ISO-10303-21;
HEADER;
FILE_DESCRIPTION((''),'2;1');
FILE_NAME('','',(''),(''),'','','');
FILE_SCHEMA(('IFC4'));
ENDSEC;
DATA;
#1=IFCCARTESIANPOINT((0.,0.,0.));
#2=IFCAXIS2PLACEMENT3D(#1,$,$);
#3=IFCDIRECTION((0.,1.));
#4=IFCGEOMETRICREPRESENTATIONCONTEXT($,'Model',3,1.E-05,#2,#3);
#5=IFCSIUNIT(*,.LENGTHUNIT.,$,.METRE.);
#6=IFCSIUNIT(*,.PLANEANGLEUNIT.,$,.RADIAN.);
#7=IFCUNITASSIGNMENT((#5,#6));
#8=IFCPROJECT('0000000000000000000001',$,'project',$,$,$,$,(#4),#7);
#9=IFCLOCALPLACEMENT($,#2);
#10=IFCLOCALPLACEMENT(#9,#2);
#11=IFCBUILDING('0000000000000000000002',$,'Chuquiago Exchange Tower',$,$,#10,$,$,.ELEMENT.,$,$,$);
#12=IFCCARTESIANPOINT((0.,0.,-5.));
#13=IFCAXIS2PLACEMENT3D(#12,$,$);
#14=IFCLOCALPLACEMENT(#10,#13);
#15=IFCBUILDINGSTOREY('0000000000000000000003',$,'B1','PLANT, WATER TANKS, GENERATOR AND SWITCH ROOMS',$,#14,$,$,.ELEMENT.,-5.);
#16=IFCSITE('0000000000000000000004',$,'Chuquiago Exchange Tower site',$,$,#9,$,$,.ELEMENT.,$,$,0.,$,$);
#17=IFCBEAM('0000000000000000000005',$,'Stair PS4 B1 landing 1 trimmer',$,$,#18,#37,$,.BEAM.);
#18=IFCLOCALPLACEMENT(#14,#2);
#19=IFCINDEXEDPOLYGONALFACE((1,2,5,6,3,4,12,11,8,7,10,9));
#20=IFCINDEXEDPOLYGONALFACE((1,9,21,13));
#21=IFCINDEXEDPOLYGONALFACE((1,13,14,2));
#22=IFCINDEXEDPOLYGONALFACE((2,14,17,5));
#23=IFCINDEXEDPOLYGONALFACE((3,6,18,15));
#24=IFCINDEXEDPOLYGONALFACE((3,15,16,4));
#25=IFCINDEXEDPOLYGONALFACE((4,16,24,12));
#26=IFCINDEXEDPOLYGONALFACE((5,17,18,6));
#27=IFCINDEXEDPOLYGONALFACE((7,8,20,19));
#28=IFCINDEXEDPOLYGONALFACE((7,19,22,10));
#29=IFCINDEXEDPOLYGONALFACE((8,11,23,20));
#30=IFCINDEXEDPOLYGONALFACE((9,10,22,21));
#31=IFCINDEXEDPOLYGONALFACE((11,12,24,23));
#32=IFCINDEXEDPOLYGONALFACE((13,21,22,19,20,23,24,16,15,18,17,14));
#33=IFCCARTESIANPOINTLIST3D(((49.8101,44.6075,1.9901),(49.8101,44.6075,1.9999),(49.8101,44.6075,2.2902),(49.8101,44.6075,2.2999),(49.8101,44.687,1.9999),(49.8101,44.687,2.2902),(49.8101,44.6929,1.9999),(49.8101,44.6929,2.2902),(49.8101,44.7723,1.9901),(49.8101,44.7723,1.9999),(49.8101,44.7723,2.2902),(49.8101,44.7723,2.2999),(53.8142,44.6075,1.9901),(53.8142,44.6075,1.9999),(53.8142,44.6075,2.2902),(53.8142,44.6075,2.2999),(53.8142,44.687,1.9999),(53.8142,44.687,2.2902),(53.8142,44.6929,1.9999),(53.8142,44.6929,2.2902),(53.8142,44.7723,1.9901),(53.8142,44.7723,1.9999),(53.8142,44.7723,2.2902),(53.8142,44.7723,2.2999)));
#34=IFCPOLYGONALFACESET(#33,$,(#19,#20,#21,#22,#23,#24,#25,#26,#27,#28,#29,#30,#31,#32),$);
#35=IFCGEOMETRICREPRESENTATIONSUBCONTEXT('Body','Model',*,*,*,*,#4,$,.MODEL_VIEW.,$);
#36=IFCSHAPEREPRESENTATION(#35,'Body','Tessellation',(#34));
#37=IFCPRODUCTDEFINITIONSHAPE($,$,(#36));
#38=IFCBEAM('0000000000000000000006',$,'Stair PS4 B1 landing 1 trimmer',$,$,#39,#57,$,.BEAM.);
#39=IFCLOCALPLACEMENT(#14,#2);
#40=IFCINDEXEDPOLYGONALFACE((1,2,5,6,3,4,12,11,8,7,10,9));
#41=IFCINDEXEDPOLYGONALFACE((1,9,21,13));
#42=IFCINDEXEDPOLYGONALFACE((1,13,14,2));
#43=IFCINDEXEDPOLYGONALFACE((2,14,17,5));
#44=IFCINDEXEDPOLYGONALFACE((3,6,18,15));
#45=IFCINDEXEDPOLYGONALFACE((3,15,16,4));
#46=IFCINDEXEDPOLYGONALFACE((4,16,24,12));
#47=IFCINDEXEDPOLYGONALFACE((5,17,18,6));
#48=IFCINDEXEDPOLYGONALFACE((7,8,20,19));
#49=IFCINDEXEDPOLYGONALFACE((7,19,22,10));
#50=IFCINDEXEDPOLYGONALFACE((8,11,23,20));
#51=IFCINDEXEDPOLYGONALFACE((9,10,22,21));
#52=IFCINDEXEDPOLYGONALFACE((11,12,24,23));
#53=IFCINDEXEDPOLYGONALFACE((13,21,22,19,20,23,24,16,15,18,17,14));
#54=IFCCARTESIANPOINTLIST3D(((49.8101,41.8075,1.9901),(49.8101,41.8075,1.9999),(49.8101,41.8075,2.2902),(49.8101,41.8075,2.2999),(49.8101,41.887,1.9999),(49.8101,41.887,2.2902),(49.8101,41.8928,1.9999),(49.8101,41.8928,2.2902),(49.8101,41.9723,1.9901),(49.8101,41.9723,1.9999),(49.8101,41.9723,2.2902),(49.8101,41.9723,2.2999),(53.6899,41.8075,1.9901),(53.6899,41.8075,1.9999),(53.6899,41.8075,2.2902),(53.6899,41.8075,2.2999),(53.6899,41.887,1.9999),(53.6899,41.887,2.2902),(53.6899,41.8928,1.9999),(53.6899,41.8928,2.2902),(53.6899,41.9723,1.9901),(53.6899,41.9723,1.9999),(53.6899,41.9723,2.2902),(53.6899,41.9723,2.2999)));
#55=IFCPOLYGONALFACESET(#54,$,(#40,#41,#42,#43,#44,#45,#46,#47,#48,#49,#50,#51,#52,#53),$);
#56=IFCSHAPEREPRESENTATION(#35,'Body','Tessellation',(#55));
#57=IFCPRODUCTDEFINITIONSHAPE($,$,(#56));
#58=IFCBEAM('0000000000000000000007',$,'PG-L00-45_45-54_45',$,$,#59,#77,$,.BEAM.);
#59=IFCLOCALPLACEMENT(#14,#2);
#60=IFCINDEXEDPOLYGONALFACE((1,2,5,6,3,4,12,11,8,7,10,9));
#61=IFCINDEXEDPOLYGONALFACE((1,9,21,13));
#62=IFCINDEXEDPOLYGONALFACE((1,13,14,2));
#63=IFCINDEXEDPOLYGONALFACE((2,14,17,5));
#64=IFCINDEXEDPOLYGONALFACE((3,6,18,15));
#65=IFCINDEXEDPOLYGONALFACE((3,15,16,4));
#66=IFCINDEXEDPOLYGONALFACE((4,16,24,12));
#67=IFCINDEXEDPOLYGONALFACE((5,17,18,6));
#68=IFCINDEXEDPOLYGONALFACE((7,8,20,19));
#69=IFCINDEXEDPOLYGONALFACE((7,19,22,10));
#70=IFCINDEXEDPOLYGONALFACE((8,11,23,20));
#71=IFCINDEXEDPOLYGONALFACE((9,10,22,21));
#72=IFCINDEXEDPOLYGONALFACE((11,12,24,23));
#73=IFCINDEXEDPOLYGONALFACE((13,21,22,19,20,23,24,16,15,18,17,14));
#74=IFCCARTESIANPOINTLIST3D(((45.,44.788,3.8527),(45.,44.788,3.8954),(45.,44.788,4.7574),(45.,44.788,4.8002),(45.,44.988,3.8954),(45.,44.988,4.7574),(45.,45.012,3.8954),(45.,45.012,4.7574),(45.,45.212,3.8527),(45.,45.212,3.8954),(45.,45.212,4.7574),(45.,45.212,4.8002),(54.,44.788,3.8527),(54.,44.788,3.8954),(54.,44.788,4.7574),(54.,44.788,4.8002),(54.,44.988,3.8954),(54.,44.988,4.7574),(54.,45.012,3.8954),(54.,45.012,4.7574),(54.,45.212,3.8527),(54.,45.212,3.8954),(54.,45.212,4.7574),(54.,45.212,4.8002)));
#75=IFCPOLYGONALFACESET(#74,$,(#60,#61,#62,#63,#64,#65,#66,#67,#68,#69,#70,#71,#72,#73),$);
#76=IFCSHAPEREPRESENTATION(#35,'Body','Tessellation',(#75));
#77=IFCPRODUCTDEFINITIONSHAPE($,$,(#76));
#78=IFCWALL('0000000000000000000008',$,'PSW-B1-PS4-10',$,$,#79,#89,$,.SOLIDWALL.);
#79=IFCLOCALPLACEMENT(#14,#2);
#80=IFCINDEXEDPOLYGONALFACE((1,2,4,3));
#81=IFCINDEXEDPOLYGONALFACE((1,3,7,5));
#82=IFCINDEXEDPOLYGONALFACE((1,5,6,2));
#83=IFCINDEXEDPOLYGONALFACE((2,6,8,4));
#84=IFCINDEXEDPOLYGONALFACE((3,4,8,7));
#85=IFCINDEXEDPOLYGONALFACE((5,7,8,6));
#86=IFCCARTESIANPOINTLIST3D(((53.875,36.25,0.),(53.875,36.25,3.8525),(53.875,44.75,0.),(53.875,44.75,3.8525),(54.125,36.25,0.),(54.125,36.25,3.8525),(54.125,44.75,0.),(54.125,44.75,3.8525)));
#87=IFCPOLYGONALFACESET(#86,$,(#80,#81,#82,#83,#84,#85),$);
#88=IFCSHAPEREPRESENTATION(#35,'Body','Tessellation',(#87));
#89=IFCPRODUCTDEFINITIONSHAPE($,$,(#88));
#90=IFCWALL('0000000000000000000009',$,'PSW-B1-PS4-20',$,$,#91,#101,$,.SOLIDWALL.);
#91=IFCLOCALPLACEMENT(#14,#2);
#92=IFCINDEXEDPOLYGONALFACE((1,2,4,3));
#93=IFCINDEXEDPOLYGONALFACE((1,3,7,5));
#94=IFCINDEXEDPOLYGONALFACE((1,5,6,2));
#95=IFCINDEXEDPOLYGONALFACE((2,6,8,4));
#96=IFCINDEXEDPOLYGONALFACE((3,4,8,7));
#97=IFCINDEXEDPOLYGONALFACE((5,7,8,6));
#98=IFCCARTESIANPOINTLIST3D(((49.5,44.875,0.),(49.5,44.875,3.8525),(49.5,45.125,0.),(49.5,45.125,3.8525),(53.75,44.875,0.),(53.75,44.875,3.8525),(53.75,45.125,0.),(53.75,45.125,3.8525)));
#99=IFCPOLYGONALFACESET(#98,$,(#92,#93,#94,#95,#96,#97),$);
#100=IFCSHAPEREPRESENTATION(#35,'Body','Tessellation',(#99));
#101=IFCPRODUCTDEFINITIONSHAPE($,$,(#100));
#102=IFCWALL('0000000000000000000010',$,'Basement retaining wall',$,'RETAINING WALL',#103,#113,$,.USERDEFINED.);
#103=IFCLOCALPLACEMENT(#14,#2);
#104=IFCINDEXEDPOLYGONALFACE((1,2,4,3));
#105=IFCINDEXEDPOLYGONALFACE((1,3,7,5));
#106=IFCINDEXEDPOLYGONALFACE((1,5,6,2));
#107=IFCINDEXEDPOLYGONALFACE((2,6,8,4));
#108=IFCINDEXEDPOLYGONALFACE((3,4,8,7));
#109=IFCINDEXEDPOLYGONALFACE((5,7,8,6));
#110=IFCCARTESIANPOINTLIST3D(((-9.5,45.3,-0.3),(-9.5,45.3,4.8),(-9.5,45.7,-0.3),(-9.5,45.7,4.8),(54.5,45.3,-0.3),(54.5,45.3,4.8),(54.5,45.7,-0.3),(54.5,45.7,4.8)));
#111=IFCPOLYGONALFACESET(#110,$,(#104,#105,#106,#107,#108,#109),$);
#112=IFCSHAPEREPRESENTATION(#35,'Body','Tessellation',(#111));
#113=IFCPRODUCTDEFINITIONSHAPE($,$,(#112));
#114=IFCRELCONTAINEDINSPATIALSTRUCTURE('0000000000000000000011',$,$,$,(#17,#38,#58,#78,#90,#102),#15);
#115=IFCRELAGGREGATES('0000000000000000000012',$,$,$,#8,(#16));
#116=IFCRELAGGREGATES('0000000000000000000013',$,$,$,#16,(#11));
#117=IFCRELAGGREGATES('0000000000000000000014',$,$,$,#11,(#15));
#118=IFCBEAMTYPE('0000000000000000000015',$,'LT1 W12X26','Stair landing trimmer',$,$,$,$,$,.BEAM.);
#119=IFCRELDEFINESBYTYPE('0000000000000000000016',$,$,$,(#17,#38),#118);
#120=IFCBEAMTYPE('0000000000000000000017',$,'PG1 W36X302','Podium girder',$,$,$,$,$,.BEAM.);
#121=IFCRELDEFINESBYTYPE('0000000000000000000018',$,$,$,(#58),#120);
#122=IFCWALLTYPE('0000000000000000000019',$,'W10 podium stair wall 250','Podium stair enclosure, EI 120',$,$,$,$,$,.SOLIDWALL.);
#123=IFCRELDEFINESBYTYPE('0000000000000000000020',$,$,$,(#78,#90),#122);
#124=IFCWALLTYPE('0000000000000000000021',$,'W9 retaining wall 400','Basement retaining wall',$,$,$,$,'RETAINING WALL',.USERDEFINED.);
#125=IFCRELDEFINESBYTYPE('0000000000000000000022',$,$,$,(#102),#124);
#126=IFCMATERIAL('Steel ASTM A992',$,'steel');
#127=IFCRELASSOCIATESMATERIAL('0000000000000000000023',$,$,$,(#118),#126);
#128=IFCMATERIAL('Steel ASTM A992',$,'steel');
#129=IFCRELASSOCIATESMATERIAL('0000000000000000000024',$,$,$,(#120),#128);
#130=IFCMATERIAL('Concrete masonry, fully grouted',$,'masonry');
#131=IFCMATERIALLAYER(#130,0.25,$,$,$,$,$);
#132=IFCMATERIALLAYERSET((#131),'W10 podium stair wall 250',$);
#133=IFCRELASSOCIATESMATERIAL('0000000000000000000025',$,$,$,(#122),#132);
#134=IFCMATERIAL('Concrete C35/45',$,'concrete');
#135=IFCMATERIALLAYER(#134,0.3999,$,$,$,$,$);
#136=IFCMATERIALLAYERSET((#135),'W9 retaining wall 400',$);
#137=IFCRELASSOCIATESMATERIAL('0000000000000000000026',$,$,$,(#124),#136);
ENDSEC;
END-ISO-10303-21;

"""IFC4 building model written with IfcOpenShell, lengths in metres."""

from ifc_helpers import new_model, si_unit, direction, frame, frame_2d, origin, origin_2d, place, context, subcontext, project, spatial, rectangle, i_section, extrude, material, layer, layer_set, material_profile, profile_set, type_object, element, save


model = new_model("IFC4")

# Units and contexts
model_context = context("Model", 3, precision=1e-05, world=origin(), true_north=direction((0.0, 1.0)))
body_context = subcontext(model_context, "Body", "Model", "MODEL_VIEW")
ifc_project = project(units=[si_unit("LENGTHUNIT", "METRE"), si_unit("PLANEANGLEUNIT", "RADIAN")], contexts=[model_context])

# Site, building, storey
site_placement = place(None, origin())
site = spatial("IfcSite", under=ifc_project, at=site_placement, Name="Chuquiago Exchange Tower site", CompositionType="ELEMENT", RefElevation=0.0)
building_placement = place(site_placement, origin())
building = spatial("IfcBuilding", under=site, at=building_placement, Name="Chuquiago Exchange Tower", CompositionType="ELEMENT")
storey_placement = place(building_placement, frame((0.0, 0.0, -5.0)))
storey = spatial("IfcBuildingStorey", under=building, at=storey_placement, Name="B1", Description="PLANT, WATER TANKS, GENERATOR AND SWITCH ROOMS", CompositionType="ELEMENT", Elevation=-5.0)

# Beams
ifc_material_1 = material(Name="Steel ASTM A992", Category="steel")
ifc_material_profile_1 = material_profile(ifc_material_1, i_section(OverallWidth=0.1648, OverallDepth=0.3098, WebThickness=0.0059, FlangeThickness=0.0098, at=origin_2d()), Name="W12X26")
ifc_profile_set_1 = profile_set([ifc_material_profile_1], Name="Steel ASTM A992")
beam_type_1 = type_object("IfcBeamType", Name="LT1 W12X26", Description="Stair landing trimmer", PredefinedType="BEAM", material=ifc_profile_set_1)
beam_1_placement = place(storey_placement, frame((49.8101, 44.6899, 2.145), z_axis=(1.0, 0.0, 0.0), x_axis=(0.0, 1.0, 0.0)))
element("IfcBeam", 1, at=beam_1_placement, inside=storey, type_object=beam_type_1, Name="Stair PS4 B1 landing 1 trimmer", PredefinedType="BEAM", context=body_context, shape_type="SweptSolid", body=[
    extrude(i_section(OverallWidth=0.1648, OverallDepth=0.3098, WebThickness=0.0059, FlangeThickness=0.0098, at=origin_2d()), origin(), (0.0, 0.0, 1.0), 4.0042),
])
beam_2_placement = place(storey_placement, frame((49.8101, 41.8899, 2.145), z_axis=(1.0, 0.0, 0.0), x_axis=(0.0, 1.0, 0.0)))
element("IfcBeam", 2, at=beam_2_placement, inside=storey, type_object=beam_type_1, Name="Stair PS4 B1 landing 1 trimmer", PredefinedType="BEAM", context=body_context, shape_type="SweptSolid", body=[
    extrude(i_section(OverallWidth=0.1648, OverallDepth=0.3098, WebThickness=0.0059, FlangeThickness=0.0098, at=origin_2d()), origin(), (0.0, 0.0, 1.0), 3.8799),
])
ifc_material_2 = material(Name="Steel ASTM A992", Category="steel")
ifc_material_profile_2 = material_profile(ifc_material_2, i_section(OverallWidth=0.4241, OverallDepth=0.9475, WebThickness=0.0239, FlangeThickness=0.0427, at=origin_2d()), Name="W36X302")
ifc_profile_set_2 = profile_set([ifc_material_profile_2], Name="Steel ASTM A992")
beam_type_2 = type_object("IfcBeamType", Name="PG1 W36X302", Description="Podium girder", PredefinedType="BEAM", material=ifc_profile_set_2)
beam_3_placement = place(storey_placement, frame((45.0, 45.0, 4.3264), z_axis=(1.0, 0.0, 0.0), x_axis=(0.0, 1.0, 0.0)))
element("IfcBeam", 3, at=beam_3_placement, inside=storey, type_object=beam_type_2, Name="PG-L00-45_45-54_45", PredefinedType="BEAM", context=body_context, shape_type="SweptSolid", body=[
    extrude(i_section(OverallWidth=0.4241, OverallDepth=0.9475, WebThickness=0.0239, FlangeThickness=0.0427, at=origin_2d()), origin(), (0.0, 0.0, 1.0), 9.0),
])

# Walls
ifc_material_3 = material(Name="Concrete masonry, fully grouted", Category="masonry")
ifc_layer_1 = layer(ifc_material_3, 0.25)
ifc_layer_set_1 = layer_set([ifc_layer_1], Name="W10 podium stair wall 250")
wall_type_1 = type_object("IfcWallType", Name="W10 podium stair wall 250", Description="Podium stair enclosure, EI 120", PredefinedType="SOLIDWALL", material=ifc_layer_set_1)
wall_1_placement = place(storey_placement, frame((54.0, 36.25, 0.0), z_axis=(0.0, 0.0, 1.0), x_axis=(0.0, 1.0, 0.0)))
element("IfcWall", 4, at=wall_1_placement, inside=storey, type_object=wall_type_1, Name="PSW-B1-PS4-10", PredefinedType="SOLIDWALL", context=body_context, shape_type="SweptSolid", body=[
    extrude(rectangle(XDim=8.5, YDim=0.25, at=frame_2d((4.25, 0.0))), origin(), (0.0, 0.0, 1.0), 3.8525),
])
wall_2_placement = place(storey_placement, frame((49.5, 45.0, 0.0), z_axis=(0.0, 0.0, 1.0), x_axis=(1.0, 0.0, 0.0)))
element("IfcWall", 5, at=wall_2_placement, inside=storey, type_object=wall_type_1, Name="PSW-B1-PS4-20", PredefinedType="SOLIDWALL", context=body_context, shape_type="SweptSolid", body=[
    extrude(rectangle(XDim=4.25, YDim=0.25, at=frame_2d((2.125, 0.0))), origin(), (0.0, 0.0, 1.0), 3.8525),
])
ifc_material_4 = material(Name="Concrete C35/45", Category="concrete")
ifc_layer_2 = layer(ifc_material_4, 0.3999)
ifc_layer_set_2 = layer_set([ifc_layer_2], Name="W9 retaining wall 400")
wall_type_2 = type_object("IfcWallType", Name="W9 retaining wall 400", Description="Basement retaining wall", ElementType="RETAINING WALL", PredefinedType="USERDEFINED", material=ifc_layer_set_2)
wall_3_placement = place(storey_placement, frame((54.5, 45.5, -0.3), z_axis=(0.0, 0.0, 1.0), x_axis=(-1.0, 0.0, 0.0)))
element("IfcWall", 6, at=wall_3_placement, inside=storey, type_object=wall_type_2, Name="Basement retaining wall", ObjectType="RETAINING WALL", PredefinedType="USERDEFINED", context=body_context, shape_type="SweptSolid", body=[
    extrude(rectangle(XDim=64.0, YDim=0.3999, at=frame_2d((32.0, 0.0))), origin(), (0.0, 0.0, 1.0), 5.1001),
])

save(model, "model.ifc")
